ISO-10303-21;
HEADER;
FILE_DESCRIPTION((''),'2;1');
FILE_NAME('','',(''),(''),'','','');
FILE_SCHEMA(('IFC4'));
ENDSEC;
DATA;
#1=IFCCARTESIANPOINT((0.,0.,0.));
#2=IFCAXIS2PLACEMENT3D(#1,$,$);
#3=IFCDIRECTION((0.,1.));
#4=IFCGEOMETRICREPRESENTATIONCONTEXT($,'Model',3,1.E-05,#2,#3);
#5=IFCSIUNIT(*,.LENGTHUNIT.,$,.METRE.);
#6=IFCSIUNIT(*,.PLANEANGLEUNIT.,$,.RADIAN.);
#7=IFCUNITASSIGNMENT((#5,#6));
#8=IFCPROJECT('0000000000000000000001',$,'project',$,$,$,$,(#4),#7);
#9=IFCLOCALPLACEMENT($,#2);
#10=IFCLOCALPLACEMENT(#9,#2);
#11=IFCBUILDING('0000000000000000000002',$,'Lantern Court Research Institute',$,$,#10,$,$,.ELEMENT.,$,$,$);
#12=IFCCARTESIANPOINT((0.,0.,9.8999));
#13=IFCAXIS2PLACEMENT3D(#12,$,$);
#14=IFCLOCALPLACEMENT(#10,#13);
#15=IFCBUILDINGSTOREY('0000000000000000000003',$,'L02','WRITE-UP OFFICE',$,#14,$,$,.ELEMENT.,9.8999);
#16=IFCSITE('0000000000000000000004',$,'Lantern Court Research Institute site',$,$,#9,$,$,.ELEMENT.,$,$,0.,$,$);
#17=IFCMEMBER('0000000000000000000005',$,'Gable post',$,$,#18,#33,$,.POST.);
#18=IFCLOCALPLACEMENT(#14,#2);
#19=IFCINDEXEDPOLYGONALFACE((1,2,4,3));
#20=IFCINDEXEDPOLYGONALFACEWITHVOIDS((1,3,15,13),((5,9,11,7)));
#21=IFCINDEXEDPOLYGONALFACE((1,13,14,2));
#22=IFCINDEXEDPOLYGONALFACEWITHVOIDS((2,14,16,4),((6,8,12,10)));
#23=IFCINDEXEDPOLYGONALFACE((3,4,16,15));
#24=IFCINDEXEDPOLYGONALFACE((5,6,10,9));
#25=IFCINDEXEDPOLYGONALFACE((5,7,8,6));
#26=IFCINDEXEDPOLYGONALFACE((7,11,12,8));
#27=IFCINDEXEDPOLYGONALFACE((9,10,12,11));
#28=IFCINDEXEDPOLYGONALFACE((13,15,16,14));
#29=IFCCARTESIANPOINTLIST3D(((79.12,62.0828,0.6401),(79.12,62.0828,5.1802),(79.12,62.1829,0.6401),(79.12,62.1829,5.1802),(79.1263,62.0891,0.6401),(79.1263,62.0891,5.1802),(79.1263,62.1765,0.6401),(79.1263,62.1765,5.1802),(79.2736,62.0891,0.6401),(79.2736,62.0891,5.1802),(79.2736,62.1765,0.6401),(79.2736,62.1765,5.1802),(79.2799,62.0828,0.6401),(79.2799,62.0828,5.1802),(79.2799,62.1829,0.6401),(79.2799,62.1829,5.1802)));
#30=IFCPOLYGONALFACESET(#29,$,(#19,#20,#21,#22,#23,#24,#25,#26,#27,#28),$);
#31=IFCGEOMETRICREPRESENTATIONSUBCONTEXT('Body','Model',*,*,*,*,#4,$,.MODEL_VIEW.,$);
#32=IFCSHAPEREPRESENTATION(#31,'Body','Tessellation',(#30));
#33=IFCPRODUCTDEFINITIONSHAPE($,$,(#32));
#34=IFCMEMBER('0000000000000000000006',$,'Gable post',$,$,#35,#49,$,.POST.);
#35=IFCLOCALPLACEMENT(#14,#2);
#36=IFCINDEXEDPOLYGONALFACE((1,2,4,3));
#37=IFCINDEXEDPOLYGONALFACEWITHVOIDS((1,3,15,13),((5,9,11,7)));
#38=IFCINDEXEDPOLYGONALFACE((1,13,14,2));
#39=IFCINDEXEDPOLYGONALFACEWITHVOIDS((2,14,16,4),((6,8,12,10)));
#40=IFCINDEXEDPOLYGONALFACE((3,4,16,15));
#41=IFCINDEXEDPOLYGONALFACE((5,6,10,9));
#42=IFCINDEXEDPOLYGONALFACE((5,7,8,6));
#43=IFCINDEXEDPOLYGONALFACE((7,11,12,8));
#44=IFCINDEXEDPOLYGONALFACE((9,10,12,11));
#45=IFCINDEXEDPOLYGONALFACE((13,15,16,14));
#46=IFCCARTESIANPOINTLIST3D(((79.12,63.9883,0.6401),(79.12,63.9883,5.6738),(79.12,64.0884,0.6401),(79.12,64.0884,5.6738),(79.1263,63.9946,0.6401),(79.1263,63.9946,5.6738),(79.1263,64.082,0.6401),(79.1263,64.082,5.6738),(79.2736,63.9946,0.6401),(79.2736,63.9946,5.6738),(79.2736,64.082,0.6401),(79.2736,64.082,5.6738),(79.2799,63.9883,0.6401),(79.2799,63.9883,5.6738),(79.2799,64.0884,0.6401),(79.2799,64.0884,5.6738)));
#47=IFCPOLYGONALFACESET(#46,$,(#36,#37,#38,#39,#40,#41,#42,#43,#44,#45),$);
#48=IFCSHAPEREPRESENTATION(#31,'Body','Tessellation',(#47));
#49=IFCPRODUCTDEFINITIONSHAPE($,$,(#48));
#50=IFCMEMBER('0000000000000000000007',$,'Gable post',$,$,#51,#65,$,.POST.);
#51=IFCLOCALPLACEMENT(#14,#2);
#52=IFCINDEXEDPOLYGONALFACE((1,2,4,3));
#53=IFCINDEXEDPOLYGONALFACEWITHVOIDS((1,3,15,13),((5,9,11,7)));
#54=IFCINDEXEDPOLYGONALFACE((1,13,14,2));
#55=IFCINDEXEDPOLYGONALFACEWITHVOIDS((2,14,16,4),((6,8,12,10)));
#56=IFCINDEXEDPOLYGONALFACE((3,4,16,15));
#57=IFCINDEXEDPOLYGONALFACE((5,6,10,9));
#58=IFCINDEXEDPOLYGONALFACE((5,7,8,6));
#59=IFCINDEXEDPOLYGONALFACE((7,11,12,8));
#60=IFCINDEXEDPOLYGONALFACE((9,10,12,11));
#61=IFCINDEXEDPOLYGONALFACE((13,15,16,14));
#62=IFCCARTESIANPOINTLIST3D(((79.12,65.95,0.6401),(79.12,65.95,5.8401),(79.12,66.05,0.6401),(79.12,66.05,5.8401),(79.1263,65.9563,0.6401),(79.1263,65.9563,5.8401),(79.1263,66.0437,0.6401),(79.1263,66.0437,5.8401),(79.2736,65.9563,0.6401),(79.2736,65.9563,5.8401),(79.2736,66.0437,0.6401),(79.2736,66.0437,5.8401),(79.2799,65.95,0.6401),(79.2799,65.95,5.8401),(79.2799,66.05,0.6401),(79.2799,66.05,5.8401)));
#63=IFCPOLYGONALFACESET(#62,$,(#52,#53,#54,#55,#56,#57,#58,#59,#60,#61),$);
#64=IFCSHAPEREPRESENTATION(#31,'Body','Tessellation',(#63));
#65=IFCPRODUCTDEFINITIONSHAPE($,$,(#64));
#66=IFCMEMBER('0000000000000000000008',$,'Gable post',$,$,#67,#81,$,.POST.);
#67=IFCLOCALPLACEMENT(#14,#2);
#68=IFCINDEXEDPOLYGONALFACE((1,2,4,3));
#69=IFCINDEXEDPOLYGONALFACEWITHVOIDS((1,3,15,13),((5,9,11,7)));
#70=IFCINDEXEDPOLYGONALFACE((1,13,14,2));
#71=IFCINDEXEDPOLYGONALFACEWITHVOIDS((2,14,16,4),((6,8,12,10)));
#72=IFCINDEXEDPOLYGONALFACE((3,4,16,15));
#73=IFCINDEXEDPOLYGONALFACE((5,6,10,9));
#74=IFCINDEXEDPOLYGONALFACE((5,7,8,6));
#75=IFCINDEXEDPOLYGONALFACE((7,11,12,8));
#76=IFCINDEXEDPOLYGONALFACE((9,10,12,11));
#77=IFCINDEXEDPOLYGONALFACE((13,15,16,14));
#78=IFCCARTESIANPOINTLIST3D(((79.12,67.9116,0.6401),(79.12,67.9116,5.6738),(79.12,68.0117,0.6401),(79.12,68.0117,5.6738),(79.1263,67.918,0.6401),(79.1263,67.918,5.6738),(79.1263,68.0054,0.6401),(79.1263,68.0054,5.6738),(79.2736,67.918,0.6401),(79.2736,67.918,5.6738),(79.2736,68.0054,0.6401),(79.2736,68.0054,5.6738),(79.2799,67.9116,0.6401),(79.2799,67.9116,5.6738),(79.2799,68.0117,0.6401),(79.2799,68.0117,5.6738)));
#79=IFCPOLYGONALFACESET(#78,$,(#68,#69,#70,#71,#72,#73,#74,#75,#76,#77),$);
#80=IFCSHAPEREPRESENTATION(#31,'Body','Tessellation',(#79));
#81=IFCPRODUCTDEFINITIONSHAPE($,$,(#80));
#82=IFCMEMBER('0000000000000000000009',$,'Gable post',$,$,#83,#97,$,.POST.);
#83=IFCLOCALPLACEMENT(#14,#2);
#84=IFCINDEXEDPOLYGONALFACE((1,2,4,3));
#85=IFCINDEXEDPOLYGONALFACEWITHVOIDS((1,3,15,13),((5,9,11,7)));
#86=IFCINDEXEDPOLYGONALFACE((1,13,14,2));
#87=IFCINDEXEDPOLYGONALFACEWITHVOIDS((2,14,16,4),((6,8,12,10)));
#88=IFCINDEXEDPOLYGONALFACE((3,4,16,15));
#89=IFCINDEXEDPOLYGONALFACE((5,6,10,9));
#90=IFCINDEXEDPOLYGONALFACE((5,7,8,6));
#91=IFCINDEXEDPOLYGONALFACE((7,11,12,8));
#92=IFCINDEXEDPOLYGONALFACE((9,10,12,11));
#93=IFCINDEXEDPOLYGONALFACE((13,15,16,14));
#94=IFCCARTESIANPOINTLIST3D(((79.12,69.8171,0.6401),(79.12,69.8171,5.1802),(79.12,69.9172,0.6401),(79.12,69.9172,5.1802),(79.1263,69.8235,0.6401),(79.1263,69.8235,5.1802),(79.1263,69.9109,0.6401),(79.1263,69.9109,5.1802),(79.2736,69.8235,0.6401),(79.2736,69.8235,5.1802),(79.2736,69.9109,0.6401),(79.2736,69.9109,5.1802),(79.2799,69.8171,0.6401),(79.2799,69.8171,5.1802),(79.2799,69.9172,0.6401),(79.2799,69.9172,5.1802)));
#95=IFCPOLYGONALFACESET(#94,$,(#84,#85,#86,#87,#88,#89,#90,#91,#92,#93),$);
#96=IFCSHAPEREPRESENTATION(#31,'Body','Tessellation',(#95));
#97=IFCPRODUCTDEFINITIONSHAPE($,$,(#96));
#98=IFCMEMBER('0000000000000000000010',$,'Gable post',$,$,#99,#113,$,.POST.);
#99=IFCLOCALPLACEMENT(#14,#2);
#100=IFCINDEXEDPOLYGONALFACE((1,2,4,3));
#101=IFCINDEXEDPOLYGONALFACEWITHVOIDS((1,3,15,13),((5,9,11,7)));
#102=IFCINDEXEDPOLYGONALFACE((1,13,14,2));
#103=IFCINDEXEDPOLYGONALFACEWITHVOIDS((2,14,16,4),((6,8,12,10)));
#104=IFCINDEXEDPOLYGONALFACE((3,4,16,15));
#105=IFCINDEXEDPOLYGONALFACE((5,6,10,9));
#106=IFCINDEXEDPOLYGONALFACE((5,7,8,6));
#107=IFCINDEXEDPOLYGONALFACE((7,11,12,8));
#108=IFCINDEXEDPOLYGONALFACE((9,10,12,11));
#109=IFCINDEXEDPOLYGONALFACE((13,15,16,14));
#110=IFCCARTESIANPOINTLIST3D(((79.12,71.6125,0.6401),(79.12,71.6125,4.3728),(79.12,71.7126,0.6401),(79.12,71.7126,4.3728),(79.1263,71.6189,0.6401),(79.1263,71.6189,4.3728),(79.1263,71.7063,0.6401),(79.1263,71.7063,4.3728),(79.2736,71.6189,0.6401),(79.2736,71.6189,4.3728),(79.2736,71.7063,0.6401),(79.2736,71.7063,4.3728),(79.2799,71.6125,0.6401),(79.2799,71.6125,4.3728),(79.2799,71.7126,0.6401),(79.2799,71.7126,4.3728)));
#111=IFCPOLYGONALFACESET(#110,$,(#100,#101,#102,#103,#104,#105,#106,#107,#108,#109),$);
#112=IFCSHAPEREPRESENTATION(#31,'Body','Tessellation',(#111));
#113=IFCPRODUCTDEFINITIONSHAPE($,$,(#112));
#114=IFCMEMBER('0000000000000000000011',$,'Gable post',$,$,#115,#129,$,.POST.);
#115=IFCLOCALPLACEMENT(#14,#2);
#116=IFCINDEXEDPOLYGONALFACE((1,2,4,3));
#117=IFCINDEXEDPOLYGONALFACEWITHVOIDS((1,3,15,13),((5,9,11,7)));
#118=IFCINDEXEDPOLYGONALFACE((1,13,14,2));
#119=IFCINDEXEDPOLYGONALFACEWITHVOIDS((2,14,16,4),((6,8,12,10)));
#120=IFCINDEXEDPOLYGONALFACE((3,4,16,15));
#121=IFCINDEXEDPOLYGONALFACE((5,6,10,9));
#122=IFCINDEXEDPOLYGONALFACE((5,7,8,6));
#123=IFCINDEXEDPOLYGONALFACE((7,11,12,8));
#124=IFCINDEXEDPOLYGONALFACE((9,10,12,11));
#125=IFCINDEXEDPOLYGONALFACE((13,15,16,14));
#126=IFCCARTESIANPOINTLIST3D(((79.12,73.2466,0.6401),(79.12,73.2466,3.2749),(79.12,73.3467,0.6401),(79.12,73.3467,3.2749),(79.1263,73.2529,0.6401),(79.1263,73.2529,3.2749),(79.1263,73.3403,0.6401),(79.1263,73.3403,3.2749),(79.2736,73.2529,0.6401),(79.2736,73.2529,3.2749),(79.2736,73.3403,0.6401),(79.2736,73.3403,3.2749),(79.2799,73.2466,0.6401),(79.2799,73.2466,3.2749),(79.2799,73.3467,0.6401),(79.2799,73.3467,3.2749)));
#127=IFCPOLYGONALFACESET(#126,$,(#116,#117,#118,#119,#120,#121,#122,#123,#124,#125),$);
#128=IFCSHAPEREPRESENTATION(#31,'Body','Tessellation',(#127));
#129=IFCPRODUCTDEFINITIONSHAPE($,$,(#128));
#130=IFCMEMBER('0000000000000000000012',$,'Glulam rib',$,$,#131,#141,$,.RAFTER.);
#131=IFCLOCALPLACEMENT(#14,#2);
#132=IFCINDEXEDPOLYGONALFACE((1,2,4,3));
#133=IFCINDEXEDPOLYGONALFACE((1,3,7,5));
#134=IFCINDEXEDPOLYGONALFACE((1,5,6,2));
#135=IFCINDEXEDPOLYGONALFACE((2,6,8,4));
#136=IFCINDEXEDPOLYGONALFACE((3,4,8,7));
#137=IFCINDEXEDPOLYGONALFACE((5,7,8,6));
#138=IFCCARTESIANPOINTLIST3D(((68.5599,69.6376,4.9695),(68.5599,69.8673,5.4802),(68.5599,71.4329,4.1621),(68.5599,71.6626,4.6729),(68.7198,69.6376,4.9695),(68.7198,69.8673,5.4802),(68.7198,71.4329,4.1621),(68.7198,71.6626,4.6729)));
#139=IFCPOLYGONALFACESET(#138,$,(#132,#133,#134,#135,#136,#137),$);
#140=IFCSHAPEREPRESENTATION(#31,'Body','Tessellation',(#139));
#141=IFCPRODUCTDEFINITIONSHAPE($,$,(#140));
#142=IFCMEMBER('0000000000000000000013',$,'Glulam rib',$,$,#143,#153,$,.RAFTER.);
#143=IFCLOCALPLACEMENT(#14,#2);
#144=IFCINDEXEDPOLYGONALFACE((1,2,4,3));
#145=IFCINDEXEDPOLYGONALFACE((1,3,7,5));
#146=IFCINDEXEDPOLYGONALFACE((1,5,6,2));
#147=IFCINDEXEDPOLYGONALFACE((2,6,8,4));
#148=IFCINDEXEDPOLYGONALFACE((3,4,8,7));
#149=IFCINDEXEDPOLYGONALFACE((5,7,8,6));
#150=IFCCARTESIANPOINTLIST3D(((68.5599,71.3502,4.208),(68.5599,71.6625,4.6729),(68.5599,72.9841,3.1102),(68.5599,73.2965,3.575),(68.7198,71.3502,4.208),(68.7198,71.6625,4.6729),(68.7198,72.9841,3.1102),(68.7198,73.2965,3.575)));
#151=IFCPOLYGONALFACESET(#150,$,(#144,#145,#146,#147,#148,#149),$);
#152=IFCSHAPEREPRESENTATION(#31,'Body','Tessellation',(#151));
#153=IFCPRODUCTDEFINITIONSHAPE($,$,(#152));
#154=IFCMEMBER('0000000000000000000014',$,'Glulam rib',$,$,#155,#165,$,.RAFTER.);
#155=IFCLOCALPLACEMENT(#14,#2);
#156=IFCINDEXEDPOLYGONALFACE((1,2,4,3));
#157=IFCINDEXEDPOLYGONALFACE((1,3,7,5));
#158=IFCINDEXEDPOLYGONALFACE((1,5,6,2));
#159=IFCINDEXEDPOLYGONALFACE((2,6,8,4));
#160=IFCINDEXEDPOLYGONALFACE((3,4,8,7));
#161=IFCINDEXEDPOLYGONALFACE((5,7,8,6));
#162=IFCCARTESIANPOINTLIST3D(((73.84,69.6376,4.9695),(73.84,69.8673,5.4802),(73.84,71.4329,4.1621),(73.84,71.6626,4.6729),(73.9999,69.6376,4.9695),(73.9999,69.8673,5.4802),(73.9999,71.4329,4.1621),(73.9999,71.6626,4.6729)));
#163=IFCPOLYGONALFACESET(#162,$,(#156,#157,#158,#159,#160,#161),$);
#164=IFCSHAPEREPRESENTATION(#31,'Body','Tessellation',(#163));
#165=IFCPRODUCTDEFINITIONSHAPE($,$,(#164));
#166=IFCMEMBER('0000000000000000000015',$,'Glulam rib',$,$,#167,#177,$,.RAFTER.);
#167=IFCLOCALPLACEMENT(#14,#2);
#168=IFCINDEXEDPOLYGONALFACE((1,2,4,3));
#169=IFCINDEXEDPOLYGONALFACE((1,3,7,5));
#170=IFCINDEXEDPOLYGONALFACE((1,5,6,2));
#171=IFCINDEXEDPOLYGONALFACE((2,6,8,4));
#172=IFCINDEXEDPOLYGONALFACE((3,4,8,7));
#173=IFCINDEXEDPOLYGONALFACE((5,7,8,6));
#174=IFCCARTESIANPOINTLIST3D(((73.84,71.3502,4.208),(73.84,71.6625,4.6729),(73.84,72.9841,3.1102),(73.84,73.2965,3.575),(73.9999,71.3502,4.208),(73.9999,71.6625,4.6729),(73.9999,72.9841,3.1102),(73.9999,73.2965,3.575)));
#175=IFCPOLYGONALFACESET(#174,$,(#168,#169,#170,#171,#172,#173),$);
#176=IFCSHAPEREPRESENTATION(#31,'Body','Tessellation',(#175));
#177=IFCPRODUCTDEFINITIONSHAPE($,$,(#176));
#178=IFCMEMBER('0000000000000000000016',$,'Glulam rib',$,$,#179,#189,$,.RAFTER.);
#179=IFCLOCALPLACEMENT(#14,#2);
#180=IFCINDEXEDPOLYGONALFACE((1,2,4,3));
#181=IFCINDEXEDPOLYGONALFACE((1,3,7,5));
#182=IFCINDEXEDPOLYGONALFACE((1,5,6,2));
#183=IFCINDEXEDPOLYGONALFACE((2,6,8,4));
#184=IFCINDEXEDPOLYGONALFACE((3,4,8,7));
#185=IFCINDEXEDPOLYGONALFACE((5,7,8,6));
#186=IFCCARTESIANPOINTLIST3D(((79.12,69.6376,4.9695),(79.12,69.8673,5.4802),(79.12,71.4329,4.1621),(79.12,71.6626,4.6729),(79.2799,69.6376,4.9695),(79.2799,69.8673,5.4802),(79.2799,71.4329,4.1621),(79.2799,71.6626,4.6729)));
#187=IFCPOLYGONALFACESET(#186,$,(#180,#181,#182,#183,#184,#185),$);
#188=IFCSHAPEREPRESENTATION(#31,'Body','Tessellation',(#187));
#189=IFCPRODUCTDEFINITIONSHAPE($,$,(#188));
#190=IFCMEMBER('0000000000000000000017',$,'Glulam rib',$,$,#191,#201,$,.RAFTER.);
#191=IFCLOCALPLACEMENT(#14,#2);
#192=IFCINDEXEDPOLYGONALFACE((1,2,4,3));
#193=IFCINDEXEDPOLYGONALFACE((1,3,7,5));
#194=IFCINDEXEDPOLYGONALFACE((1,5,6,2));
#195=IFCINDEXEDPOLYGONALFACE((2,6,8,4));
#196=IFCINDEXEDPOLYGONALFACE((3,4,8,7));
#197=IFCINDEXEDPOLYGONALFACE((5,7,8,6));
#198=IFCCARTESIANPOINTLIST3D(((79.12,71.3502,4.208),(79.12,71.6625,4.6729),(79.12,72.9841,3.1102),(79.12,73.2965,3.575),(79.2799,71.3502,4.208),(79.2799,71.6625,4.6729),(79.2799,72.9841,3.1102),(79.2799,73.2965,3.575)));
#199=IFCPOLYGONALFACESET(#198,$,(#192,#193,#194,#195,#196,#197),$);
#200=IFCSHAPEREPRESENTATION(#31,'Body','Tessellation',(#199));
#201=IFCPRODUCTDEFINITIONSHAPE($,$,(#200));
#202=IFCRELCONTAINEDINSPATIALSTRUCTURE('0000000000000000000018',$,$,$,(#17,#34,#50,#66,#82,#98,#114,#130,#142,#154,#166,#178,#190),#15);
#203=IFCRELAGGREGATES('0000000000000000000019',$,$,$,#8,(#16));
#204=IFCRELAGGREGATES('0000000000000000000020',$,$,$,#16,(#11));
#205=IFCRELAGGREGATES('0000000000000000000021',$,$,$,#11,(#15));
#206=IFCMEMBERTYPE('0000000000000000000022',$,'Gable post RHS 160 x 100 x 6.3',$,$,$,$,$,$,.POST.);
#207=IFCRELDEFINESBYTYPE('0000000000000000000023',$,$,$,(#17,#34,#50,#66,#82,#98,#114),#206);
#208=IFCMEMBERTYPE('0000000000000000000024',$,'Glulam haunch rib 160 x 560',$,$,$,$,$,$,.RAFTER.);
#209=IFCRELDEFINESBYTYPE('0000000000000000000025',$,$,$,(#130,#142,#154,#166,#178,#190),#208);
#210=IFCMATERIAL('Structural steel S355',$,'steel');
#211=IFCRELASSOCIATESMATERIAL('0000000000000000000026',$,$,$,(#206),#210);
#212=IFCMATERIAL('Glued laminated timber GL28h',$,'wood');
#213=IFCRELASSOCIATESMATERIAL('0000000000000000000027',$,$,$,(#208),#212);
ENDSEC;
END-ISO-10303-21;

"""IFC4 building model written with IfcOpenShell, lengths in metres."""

from ifc_helpers import new_model, si_unit, direction, frame, origin, origin_2d, place, context, subcontext, project, spatial, rectangle, hollow_rectangle, extrude, material, material_profile, profile_set, type_object, element, save


model = new_model("IFC4")

# Units and contexts
model_context = context("Model", 3, precision=1e-05, world=origin(), true_north=direction((0.0, 1.0)))
body_context = subcontext(model_context, "Body", "Model", "MODEL_VIEW")
ifc_project = project(units=[si_unit("LENGTHUNIT", "METRE"), si_unit("PLANEANGLEUNIT", "RADIAN")], contexts=[model_context])

# Site, building, storey
site_placement = place(None, origin())
site = spatial("IfcSite", under=ifc_project, at=site_placement, Name="Lantern Court Research Institute site", CompositionType="ELEMENT", RefElevation=0.0)
building_placement = place(site_placement, origin())
building = spatial("IfcBuilding", under=site, at=building_placement, Name="Lantern Court Research Institute", CompositionType="ELEMENT")
storey_placement = place(building_placement, frame((0.0, 0.0, 9.8999)))
storey = spatial("IfcBuildingStorey", under=building, at=storey_placement, Name="L02", Description="WRITE-UP OFFICE", CompositionType="ELEMENT", Elevation=9.8999)

# Members
ifc_material_1 = material(Name="Structural steel S355", Category="steel")
ifc_material_profile_1 = material_profile(ifc_material_1, hollow_rectangle(XDim=0.1599, YDim=0.1001, WallThickness=0.0063, at=origin_2d()), Name="Gable post RHS 160 x 100 x 6.3")
ifc_profile_set_1 = profile_set([ifc_material_profile_1], Name="Structural steel S355")
member_type_1 = type_object("IfcMemberType", Name="Gable post RHS 160 x 100 x 6.3", PredefinedType="POST", material=ifc_profile_set_1)
member_1_placement = place(storey_placement, frame((79.2, 62.1328, 0.6401), z_axis=(0.0, 0.0, 1.0), x_axis=(1.0, 0.0, 0.0)))
element("IfcMember", 1, at=member_1_placement, inside=storey, type_object=member_type_1, Name="Gable post", PredefinedType="POST", context=body_context, shape_type="SweptSolid", body=[
    extrude(hollow_rectangle(XDim=0.1599, YDim=0.1001, WallThickness=0.0063, at=origin_2d()), origin(), (0.0, 0.0, 1.0), 4.54),
])
member_2_placement = place(storey_placement, frame((79.2, 64.0383, 0.6401), z_axis=(0.0, 0.0, 1.0), x_axis=(1.0, 0.0, 0.0)))
element("IfcMember", 2, at=member_2_placement, inside=storey, type_object=member_type_1, Name="Gable post", PredefinedType="POST", context=body_context, shape_type="SweptSolid", body=[
    extrude(hollow_rectangle(XDim=0.1599, YDim=0.1001, WallThickness=0.0063, at=origin_2d()), origin(), (0.0, 0.0, 1.0), 5.0337),
])
member_3_placement = place(storey_placement, frame((79.2, 66.0, 0.6401), z_axis=(0.0, 0.0, 1.0), x_axis=(1.0, 0.0, 0.0)))
element("IfcMember", 3, at=member_3_placement, inside=storey, type_object=member_type_1, Name="Gable post", PredefinedType="POST", context=body_context, shape_type="SweptSolid", body=[
    extrude(hollow_rectangle(XDim=0.1599, YDim=0.1001, WallThickness=0.0063, at=origin_2d()), origin(), (0.0, 0.0, 1.0), 5.2),
])
member_4_placement = place(storey_placement, frame((79.2, 67.9617, 0.6401), z_axis=(0.0, 0.0, 1.0), x_axis=(1.0, 0.0, 0.0)))
element("IfcMember", 4, at=member_4_placement, inside=storey, type_object=member_type_1, Name="Gable post", PredefinedType="POST", context=body_context, shape_type="SweptSolid", body=[
    extrude(hollow_rectangle(XDim=0.1599, YDim=0.1001, WallThickness=0.0063, at=origin_2d()), origin(), (0.0, 0.0, 1.0), 5.0337),
])
member_5_placement = place(storey_placement, frame((79.2, 69.8672, 0.6401), z_axis=(0.0, 0.0, 1.0), x_axis=(1.0, 0.0, 0.0)))
element("IfcMember", 5, at=member_5_placement, inside=storey, type_object=member_type_1, Name="Gable post", PredefinedType="POST", context=body_context, shape_type="SweptSolid", body=[
    extrude(hollow_rectangle(XDim=0.1599, YDim=0.1001, WallThickness=0.0063, at=origin_2d()), origin(), (0.0, 0.0, 1.0), 4.54),
])
member_6_placement = place(storey_placement, frame((79.2, 71.6626, 0.6401), z_axis=(0.0, 0.0, 1.0), x_axis=(1.0, 0.0, 0.0)))
element("IfcMember", 6, at=member_6_placement, inside=storey, type_object=member_type_1, Name="Gable post", PredefinedType="POST", context=body_context, shape_type="SweptSolid", body=[
    extrude(hollow_rectangle(XDim=0.1599, YDim=0.1001, WallThickness=0.0063, at=origin_2d()), origin(), (0.0, 0.0, 1.0), 3.7327),
])
member_7_placement = place(storey_placement, frame((79.2, 73.2966, 0.6401), z_axis=(0.0, 0.0, 1.0), x_axis=(1.0, 0.0, 0.0)))
element("IfcMember", 7, at=member_7_placement, inside=storey, type_object=member_type_1, Name="Gable post", PredefinedType="POST", context=body_context, shape_type="SweptSolid", body=[
    extrude(hollow_rectangle(XDim=0.1599, YDim=0.1001, WallThickness=0.0063, at=origin_2d()), origin(), (0.0, 0.0, 1.0), 2.6348),
])
ifc_material_2 = material(Name="Glued laminated timber GL28h", Category="wood")
ifc_material_profile_2 = material_profile(ifc_material_2, rectangle(XDim=0.1599, YDim=0.5601, at=origin_2d()), Name="Glulam haunch rib 160 x 560")
ifc_profile_set_2 = profile_set([ifc_material_profile_2], Name="Glued laminated timber GL28h")
member_type_2 = type_object("IfcMemberType", Name="Glulam haunch rib 160 x 560", PredefinedType="RAFTER", material=ifc_profile_set_2)
for number, where, z_axis, x_axis, name in (
    (8, (68.6399, 69.7524, 5.2249), (0.0, 0.912028, -0.410127), (-1.0, 0.0, 0.0), "Glulam rib"),
    (9, (68.6399, 71.5063, 4.4404), (0.0, 0.830042, -0.557702), (-1.0, 0.0, 0.0), "Glulam rib"),
    (10, (73.9199, 69.7524, 5.2249), (0.0, 0.912028, -0.410127), (-1.0, 0.0, 0.0), "Glulam rib"),
    (11, (73.9199, 71.5063, 4.4404), (0.0, 0.830042, -0.557702), (-1.0, 0.0, 0.0), "Glulam rib"),
    (12, (79.2, 69.7524, 5.2249), (0.0, 0.912028, -0.410127), (-1.0, 0.0, 0.0), "Glulam rib"),
    (13, (79.2, 71.5063, 4.4404), (0.0, 0.830042, -0.557702), (-1.0, 0.0, 0.0), "Glulam rib"),
):
    element("IfcMember", number, at=place(storey_placement, frame(where, z_axis=z_axis, x_axis=x_axis)), inside=storey, type_object=member_type_2, Name=name, PredefinedType="RAFTER", context=body_context, shape_type="SweptSolid", body=[
        extrude(rectangle(XDim=0.1599, YDim=0.5601, at=origin_2d()), origin(), (0.0, 0.0, 1.0), 1.9685),
    ])

save(model, "model.ifc")
